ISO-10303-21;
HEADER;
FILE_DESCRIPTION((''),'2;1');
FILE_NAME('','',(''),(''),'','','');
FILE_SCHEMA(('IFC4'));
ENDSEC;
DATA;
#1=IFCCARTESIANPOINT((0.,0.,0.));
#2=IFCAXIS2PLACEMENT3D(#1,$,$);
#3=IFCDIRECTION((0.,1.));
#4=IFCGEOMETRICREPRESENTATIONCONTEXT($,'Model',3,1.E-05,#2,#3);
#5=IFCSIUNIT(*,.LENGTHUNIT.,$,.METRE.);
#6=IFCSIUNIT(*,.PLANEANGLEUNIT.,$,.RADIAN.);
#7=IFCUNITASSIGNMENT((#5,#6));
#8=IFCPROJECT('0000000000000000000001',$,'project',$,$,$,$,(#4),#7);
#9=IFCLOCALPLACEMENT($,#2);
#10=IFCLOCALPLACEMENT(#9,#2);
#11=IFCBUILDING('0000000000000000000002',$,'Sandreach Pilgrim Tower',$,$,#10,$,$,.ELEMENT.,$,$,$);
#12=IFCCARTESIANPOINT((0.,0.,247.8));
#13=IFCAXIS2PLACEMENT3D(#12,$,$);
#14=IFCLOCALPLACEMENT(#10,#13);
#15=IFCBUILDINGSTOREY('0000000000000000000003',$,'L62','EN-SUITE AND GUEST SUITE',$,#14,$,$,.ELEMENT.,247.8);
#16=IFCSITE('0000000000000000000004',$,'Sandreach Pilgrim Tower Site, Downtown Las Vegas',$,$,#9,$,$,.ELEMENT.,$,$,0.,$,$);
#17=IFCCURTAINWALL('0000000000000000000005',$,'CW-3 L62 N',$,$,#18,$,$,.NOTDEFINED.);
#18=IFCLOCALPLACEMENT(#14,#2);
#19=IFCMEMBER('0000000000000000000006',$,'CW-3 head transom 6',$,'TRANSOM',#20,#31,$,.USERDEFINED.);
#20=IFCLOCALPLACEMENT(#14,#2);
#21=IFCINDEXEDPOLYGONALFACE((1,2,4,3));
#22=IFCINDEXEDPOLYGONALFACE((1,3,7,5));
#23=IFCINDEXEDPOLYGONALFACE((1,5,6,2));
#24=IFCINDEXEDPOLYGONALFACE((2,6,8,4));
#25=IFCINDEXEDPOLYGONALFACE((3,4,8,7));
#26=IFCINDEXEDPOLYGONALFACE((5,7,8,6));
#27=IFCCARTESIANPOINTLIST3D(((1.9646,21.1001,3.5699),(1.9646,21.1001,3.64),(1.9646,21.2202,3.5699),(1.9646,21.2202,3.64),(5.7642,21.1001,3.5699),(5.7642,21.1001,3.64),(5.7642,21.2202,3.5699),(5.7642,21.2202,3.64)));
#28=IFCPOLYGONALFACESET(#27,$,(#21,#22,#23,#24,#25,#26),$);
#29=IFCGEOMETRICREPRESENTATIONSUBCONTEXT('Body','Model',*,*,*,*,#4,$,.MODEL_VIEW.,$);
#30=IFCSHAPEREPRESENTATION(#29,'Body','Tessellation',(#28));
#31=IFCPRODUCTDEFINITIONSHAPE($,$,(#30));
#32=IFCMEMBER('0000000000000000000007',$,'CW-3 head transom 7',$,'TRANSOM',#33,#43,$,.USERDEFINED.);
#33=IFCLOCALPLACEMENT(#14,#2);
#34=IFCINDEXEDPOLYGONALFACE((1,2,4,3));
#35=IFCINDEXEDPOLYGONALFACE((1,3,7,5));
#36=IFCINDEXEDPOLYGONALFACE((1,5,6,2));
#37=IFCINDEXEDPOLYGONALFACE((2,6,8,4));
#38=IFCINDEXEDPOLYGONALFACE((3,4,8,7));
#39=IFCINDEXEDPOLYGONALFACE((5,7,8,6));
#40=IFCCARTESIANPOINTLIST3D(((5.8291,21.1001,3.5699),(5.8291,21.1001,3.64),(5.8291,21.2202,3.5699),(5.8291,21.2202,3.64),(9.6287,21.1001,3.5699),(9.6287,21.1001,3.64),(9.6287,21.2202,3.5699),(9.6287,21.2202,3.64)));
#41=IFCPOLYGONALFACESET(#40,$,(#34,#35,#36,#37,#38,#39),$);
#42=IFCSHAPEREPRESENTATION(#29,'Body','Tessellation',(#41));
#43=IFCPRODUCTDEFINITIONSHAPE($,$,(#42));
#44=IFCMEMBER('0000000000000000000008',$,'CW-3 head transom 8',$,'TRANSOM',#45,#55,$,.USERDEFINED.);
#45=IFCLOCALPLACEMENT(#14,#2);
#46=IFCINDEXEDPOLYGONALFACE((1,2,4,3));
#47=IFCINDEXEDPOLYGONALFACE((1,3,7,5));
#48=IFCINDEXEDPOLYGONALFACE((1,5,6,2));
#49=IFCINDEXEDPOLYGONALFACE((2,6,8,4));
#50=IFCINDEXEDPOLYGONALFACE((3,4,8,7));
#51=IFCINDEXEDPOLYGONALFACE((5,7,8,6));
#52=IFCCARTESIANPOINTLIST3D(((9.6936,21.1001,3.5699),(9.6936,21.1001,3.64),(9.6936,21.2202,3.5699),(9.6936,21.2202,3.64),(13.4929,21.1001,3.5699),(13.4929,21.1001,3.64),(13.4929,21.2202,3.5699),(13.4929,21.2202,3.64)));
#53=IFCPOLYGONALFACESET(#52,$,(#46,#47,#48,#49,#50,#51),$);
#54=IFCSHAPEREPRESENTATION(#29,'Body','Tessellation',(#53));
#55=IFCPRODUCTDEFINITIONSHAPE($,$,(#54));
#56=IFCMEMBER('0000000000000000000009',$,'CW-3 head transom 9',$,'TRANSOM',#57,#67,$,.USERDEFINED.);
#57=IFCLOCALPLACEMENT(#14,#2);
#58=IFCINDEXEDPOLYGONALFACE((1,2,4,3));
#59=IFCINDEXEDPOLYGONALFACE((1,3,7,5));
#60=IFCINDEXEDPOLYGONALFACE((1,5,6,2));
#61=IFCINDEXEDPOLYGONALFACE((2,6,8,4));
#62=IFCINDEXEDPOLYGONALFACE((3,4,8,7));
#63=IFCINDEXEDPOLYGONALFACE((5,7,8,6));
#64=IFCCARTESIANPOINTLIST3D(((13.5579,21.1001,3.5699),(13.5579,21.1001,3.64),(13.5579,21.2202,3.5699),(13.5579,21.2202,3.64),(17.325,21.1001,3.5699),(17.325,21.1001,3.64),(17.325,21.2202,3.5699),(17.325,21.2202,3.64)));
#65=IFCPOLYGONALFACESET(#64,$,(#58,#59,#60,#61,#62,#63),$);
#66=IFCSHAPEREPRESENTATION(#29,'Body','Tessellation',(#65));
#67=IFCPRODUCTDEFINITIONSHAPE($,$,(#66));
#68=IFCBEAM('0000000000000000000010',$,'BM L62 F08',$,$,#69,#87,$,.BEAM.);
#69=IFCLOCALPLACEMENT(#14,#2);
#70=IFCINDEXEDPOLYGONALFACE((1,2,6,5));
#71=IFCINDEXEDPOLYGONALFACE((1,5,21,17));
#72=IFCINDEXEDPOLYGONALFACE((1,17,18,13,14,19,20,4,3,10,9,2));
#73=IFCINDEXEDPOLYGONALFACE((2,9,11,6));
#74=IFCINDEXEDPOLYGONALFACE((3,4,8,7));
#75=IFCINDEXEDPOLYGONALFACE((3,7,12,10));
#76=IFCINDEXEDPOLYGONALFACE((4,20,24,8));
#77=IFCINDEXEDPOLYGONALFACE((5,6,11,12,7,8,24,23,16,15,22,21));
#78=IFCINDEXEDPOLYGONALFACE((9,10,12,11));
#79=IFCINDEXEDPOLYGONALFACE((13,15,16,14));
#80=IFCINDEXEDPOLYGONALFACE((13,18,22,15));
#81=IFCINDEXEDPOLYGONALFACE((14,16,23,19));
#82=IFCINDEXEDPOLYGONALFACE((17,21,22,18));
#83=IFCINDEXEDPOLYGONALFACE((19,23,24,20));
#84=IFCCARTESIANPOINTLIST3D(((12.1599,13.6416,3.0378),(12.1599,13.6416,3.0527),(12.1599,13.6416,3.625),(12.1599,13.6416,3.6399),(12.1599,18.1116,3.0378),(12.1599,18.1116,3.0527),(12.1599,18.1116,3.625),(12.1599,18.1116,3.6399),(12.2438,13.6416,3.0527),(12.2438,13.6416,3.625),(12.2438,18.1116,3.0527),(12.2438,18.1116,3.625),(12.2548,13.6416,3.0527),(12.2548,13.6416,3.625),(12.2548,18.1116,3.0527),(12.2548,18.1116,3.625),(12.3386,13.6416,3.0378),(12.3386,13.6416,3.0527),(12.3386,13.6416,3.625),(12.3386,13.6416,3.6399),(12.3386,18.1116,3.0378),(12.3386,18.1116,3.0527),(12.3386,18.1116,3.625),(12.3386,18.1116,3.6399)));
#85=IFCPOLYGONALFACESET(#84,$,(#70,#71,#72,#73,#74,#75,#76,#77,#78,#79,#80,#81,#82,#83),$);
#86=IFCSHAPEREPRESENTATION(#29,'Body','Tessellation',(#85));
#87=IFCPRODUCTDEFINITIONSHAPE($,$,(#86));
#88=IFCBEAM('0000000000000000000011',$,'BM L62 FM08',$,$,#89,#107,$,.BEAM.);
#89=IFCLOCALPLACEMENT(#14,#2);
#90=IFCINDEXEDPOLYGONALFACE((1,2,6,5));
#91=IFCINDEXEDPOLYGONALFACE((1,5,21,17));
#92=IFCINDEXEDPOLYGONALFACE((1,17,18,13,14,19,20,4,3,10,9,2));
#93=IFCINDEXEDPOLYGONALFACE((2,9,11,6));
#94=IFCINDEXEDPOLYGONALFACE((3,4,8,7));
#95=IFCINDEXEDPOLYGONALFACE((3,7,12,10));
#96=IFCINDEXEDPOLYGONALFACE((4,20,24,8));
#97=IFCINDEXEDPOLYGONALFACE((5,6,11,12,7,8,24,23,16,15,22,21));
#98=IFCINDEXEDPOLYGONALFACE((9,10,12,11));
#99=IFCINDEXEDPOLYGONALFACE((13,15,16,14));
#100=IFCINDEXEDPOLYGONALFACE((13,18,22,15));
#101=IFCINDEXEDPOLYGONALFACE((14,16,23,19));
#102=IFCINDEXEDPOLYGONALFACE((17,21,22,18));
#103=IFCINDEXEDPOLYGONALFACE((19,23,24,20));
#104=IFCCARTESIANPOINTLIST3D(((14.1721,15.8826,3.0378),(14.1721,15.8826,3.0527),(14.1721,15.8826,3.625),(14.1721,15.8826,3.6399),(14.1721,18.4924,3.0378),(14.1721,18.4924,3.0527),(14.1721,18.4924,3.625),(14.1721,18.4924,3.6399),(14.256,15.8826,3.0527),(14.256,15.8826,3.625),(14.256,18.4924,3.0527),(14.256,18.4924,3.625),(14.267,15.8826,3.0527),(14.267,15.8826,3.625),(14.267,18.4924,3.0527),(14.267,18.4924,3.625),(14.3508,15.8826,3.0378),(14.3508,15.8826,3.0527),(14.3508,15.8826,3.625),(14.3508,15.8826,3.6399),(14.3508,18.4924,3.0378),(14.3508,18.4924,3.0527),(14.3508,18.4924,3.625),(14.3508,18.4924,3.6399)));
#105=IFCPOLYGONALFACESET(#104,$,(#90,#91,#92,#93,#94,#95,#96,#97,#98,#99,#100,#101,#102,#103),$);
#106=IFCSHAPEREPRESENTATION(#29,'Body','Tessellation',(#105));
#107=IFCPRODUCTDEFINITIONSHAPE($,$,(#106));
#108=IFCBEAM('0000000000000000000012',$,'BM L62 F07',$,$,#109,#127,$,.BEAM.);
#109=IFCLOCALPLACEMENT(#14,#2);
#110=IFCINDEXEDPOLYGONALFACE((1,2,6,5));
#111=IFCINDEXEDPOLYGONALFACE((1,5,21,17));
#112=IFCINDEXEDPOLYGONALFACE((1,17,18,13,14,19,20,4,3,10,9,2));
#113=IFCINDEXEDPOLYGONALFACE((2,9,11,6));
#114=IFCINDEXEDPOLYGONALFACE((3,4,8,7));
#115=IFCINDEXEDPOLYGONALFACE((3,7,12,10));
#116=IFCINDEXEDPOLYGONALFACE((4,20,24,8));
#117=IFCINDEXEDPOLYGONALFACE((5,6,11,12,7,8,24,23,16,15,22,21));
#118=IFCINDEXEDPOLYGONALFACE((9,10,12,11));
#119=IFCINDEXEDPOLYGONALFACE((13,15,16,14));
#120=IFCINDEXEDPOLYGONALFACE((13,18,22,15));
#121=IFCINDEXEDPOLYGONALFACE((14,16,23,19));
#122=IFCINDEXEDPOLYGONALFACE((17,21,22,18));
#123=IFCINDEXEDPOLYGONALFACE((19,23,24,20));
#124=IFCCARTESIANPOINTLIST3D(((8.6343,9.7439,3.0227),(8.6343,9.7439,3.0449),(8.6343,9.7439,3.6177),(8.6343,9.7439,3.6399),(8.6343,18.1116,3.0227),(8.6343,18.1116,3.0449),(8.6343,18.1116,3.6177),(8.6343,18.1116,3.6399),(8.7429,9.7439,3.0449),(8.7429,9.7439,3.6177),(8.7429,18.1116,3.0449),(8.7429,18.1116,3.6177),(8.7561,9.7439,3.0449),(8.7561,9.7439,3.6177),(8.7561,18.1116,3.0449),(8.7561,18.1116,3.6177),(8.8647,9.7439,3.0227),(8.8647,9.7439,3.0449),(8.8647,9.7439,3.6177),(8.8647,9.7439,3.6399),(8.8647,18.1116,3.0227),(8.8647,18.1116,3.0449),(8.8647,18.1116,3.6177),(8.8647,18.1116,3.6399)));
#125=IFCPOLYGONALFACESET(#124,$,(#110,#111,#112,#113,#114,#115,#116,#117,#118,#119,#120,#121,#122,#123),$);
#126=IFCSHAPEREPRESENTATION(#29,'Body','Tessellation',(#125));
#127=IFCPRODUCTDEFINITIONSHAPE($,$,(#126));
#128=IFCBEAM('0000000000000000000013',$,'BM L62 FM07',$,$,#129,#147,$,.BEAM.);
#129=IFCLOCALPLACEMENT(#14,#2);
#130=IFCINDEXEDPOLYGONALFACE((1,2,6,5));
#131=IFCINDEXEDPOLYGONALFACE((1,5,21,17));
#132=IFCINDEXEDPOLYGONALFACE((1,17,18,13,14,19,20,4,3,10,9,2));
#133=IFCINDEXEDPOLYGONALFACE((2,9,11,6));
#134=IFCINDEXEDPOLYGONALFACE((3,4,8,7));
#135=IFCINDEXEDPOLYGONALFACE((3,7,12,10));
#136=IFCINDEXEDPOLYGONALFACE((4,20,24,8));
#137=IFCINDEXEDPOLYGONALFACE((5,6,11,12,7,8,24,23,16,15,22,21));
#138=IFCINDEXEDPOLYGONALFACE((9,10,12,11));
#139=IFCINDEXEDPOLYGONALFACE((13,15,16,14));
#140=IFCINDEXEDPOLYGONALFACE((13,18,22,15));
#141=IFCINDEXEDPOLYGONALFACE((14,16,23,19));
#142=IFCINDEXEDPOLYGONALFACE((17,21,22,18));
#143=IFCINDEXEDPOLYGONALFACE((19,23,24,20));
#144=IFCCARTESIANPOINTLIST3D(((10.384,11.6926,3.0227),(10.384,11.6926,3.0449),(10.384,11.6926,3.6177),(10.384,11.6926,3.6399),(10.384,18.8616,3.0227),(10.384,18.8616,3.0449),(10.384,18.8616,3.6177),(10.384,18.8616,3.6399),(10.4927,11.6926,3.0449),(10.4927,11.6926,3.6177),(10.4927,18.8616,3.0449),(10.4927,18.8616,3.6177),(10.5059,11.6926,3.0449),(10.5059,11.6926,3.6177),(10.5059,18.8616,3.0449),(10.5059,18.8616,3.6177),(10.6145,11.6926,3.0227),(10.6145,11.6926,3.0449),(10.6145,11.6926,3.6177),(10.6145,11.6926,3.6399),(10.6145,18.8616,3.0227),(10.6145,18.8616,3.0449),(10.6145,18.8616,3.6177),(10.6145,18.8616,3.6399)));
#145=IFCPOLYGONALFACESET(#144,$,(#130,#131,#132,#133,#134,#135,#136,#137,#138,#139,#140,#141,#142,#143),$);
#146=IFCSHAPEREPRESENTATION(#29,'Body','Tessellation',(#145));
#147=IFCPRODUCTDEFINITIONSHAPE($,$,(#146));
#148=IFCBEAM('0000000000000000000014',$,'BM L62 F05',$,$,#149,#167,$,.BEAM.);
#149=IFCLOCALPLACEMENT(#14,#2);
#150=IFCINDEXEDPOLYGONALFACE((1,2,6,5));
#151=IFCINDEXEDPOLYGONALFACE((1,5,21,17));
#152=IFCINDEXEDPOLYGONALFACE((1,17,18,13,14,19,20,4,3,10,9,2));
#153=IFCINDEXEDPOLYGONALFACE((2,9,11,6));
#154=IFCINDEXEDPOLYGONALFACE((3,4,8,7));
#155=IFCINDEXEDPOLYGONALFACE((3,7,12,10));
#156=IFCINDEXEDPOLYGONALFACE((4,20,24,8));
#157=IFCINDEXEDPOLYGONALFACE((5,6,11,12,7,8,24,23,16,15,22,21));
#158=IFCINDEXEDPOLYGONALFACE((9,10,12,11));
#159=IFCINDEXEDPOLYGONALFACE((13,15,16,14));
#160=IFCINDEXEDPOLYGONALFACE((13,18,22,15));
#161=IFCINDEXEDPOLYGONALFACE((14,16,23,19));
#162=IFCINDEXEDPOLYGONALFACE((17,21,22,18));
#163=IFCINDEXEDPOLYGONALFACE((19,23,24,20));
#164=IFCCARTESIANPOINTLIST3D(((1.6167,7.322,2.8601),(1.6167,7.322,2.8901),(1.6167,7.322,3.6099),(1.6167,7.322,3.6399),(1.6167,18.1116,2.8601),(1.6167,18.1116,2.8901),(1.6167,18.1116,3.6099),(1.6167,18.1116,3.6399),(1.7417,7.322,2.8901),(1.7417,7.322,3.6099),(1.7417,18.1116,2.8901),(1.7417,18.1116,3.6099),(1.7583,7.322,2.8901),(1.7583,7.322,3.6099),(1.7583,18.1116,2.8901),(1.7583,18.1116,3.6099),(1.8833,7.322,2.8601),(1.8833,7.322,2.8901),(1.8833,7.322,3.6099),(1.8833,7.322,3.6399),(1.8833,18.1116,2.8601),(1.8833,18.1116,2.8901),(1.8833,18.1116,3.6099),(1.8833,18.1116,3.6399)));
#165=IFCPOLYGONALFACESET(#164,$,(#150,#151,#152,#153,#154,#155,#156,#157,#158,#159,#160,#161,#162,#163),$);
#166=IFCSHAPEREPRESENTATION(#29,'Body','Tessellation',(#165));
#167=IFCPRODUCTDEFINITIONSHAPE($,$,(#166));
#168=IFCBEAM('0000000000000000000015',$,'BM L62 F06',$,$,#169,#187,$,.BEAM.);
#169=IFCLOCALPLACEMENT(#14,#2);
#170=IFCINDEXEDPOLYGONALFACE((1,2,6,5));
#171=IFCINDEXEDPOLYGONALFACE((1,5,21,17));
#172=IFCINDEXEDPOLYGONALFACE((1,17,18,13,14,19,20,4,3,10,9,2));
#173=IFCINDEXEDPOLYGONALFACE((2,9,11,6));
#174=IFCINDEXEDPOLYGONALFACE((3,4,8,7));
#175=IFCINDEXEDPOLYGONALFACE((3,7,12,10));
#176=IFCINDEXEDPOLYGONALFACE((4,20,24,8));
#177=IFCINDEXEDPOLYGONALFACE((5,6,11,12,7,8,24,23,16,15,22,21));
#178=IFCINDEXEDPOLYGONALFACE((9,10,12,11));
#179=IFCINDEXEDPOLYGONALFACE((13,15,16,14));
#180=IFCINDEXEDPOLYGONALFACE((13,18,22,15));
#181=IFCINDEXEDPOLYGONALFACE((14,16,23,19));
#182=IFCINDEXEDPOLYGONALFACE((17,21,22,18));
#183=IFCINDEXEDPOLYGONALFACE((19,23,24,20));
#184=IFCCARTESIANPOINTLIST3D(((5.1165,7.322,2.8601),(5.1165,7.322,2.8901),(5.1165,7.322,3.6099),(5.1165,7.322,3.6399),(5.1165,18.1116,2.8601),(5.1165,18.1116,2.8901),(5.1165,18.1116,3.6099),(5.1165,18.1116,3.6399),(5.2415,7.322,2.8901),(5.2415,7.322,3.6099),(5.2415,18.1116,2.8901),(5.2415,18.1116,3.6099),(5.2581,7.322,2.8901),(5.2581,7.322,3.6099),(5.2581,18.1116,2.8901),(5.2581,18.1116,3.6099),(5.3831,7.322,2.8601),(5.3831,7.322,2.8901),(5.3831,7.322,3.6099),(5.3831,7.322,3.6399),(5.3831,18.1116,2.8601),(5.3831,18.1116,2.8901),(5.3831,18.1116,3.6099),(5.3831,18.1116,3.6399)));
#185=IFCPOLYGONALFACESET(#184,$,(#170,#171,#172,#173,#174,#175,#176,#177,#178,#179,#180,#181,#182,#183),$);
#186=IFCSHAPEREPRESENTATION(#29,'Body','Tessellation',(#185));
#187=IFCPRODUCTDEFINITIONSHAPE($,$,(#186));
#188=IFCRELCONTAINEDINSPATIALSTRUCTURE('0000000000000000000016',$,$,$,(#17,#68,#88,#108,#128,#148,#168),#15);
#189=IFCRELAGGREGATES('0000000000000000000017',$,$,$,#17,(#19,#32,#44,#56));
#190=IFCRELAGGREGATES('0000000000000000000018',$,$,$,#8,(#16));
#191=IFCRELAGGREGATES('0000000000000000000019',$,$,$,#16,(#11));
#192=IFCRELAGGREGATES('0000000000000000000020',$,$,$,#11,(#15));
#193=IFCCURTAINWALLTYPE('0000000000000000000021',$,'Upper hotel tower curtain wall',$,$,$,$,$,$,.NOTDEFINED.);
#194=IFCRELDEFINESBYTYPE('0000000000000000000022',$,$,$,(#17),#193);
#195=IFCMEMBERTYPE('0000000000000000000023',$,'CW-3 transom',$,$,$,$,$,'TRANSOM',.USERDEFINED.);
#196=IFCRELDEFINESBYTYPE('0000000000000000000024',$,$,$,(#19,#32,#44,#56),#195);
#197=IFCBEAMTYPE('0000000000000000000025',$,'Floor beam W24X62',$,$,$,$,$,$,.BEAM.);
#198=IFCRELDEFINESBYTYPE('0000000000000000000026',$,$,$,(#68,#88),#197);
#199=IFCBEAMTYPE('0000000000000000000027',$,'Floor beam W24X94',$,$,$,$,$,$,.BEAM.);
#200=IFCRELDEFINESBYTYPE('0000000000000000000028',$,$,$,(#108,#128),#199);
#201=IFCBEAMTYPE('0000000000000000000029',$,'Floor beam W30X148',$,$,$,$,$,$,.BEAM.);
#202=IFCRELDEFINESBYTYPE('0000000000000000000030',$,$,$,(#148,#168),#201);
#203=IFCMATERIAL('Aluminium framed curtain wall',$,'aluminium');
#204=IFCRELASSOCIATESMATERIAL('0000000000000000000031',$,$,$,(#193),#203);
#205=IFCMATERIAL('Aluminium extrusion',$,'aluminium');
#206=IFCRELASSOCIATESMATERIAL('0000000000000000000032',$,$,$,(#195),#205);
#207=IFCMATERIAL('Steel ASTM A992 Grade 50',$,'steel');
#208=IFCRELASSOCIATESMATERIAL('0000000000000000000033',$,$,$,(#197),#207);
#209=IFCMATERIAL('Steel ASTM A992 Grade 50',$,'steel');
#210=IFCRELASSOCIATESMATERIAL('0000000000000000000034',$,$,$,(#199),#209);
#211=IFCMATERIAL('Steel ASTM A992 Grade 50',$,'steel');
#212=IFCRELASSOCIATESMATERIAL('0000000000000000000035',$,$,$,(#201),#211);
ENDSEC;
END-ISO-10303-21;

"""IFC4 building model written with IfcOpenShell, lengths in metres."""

from ifc_helpers import new_model, si_unit, direction, frame, origin, origin_2d, place, context, subcontext, project, spatial, rectangle, i_section, extrude, material, material_profile, profile_set, type_object, element, aggregate, save


model = new_model("IFC4")

# Units and contexts
model_context = context("Model", 3, precision=1e-05, world=origin(), true_north=direction((0.0, 1.0)))
body_context = subcontext(model_context, "Body", "Model", "MODEL_VIEW")
ifc_project = project(units=[si_unit("LENGTHUNIT", "METRE"), si_unit("PLANEANGLEUNIT", "RADIAN")], contexts=[model_context])

# Site, building, storey
site_placement = place(None, origin())
site = spatial("IfcSite", under=ifc_project, at=site_placement, Name="Sandreach Pilgrim Tower Site, Downtown Las Vegas", CompositionType="ELEMENT", RefElevation=0.0)
building_placement = place(site_placement, origin())
building = spatial("IfcBuilding", under=site, at=building_placement, Name="Sandreach Pilgrim Tower", CompositionType="ELEMENT")
storey_placement = place(building_placement, frame((0.0, 0.0, 247.8)))
storey = spatial("IfcBuildingStorey", under=building, at=storey_placement, Name="L62", Description="EN-SUITE AND GUEST SUITE", CompositionType="ELEMENT", Elevation=247.8)

# Curtain wall, members
ifc_material_1 = material(Name="Aluminium framed curtain wall", Category="aluminium")
curtain_wall_type = type_object("IfcCurtainWallType", Name="Upper hotel tower curtain wall", PredefinedType="NOTDEFINED", material=ifc_material_1)
curtain_wall_placement = place(storey_placement, origin())
curtain_wall = element("IfcCurtainWall", 1, at=curtain_wall_placement, inside=storey, type_object=curtain_wall_type, Name="CW-3 L62 N", PredefinedType="NOTDEFINED")
ifc_material_2 = material(Name="Aluminium extrusion", Category="aluminium")
ifc_material_profile_1 = material_profile(ifc_material_2, rectangle(XDim=0.1201, YDim=0.0701, at=origin_2d()), Name="CW-3T 120X70")
ifc_profile_set_1 = profile_set([ifc_material_profile_1], Name="Aluminium extrusion")
member_type_1 = type_object("IfcMemberType", Name="CW-3 transom", ElementType="TRANSOM", PredefinedType="USERDEFINED", material=ifc_profile_set_1)
member_1_placement = place(storey_placement, frame((1.9646, 21.1602, 3.605), z_axis=(1.0, 0.0, 0.0), x_axis=(0.0, 1.0, 0.0)))
member_1 = element("IfcMember", 2, at=member_1_placement, type_object=member_type_1, Name="CW-3 head transom 6", ObjectType="TRANSOM", PredefinedType="USERDEFINED", context=body_context, shape_type="SweptSolid", body=[
    extrude(rectangle(XDim=0.1201, YDim=0.0701, at=origin_2d()), origin(), (0.0, 0.0, 1.0), 3.7996),
])
member_2_placement = place(storey_placement, frame((5.8291, 21.1602, 3.605), z_axis=(1.0, 0.0, 0.0), x_axis=(0.0, 1.0, 0.0)))
member_2 = element("IfcMember", 3, at=member_2_placement, type_object=member_type_1, Name="CW-3 head transom 7", ObjectType="TRANSOM", PredefinedType="USERDEFINED", context=body_context, shape_type="SweptSolid", body=[
    extrude(rectangle(XDim=0.1201, YDim=0.0701, at=origin_2d()), origin(), (0.0, 0.0, 1.0), 3.7996),
])
member_3_placement = place(storey_placement, frame((9.6936, 21.1602, 3.605), z_axis=(1.0, 0.0, 0.0), x_axis=(0.0, 1.0, 0.0)))
member_3 = element("IfcMember", 4, at=member_3_placement, type_object=member_type_1, Name="CW-3 head transom 8", ObjectType="TRANSOM", PredefinedType="USERDEFINED", context=body_context, shape_type="SweptSolid", body=[
    extrude(rectangle(XDim=0.1201, YDim=0.0701, at=origin_2d()), origin(), (0.0, 0.0, 1.0), 3.7993),
])
member_4_placement = place(storey_placement, frame((13.5579, 21.1602, 3.605), z_axis=(1.0, 0.0, 0.0), x_axis=(0.0, 1.0, 0.0)))
member_4 = element("IfcMember", 5, at=member_4_placement, type_object=member_type_1, Name="CW-3 head transom 9", ObjectType="TRANSOM", PredefinedType="USERDEFINED", context=body_context, shape_type="SweptSolid", body=[
    extrude(rectangle(XDim=0.1201, YDim=0.0701, at=origin_2d()), origin(), (0.0, 0.0, 1.0), 3.7671),
])

# Beams
ifc_material_3 = material(Name="Steel ASTM A992 Grade 50", Category="steel")
ifc_material_profile_2 = material_profile(ifc_material_3, i_section(OverallWidth=0.1787, OverallDepth=0.6021, WebThickness=0.011, FlangeThickness=0.0149, at=origin_2d()), Name="W24X62")
ifc_profile_set_2 = profile_set([ifc_material_profile_2], Name="Steel ASTM A992 Grade 50")
beam_type_1 = type_object("IfcBeamType", Name="Floor beam W24X62", PredefinedType="BEAM", material=ifc_profile_set_2)
beam_1_placement = place(storey_placement, frame((12.2493, 18.1116, 3.3389), z_axis=(0.0, -1.0, 0.0), x_axis=(1.0, 0.0, 0.0)))
element("IfcBeam", 6, at=beam_1_placement, inside=storey, type_object=beam_type_1, Name="BM L62 F08", PredefinedType="BEAM", context=body_context, shape_type="SweptSolid", body=[
    extrude(i_section(OverallWidth=0.1787, OverallDepth=0.6021, WebThickness=0.011, FlangeThickness=0.0149, at=origin_2d()), origin(), (0.0, 0.0, 1.0), 4.47),
])
beam_2_placement = place(storey_placement, frame((14.2615, 18.4924, 3.3389), z_axis=(0.0, -1.0, 0.0), x_axis=(1.0, 0.0, 0.0)))
element("IfcBeam", 7, at=beam_2_placement, inside=storey, type_object=beam_type_1, Name="BM L62 FM08", PredefinedType="BEAM", context=body_context, shape_type="SweptSolid", body=[
    extrude(i_section(OverallWidth=0.1787, OverallDepth=0.6021, WebThickness=0.011, FlangeThickness=0.0149, at=origin_2d()), origin(), (0.0, 0.0, 1.0), 2.6099),
])
ifc_material_4 = material(Name="Steel ASTM A992 Grade 50", Category="steel")
ifc_material_profile_3 = material_profile(ifc_material_4, i_section(OverallWidth=0.2305, OverallDepth=0.6172, WebThickness=0.0132, FlangeThickness=0.0222, at=origin_2d()), Name="W24X94")
ifc_profile_set_3 = profile_set([ifc_material_profile_3], Name="Steel ASTM A992 Grade 50")
beam_type_2 = type_object("IfcBeamType", Name="Floor beam W24X94", PredefinedType="BEAM", material=ifc_profile_set_3)
beam_3_placement = place(storey_placement, frame((8.7495, 18.1116, 3.3313), z_axis=(0.0, -1.0, 0.0), x_axis=(1.0, 0.0, 0.0)))
element("IfcBeam", 8, at=beam_3_placement, inside=storey, type_object=beam_type_2, Name="BM L62 F07", PredefinedType="BEAM", context=body_context, shape_type="SweptSolid", body=[
    extrude(i_section(OverallWidth=0.2305, OverallDepth=0.6172, WebThickness=0.0132, FlangeThickness=0.0222, at=origin_2d()), origin(), (0.0, 0.0, 1.0), 8.3677),
])
beam_4_placement = place(storey_placement, frame((10.4993, 18.8616, 3.3313), z_axis=(0.0, -1.0, 0.0), x_axis=(1.0, 0.0, 0.0)))
element("IfcBeam", 9, at=beam_4_placement, inside=storey, type_object=beam_type_2, Name="BM L62 FM07", PredefinedType="BEAM", context=body_context, shape_type="SweptSolid", body=[
    extrude(i_section(OverallWidth=0.2305, OverallDepth=0.6172, WebThickness=0.0132, FlangeThickness=0.0222, at=origin_2d()), origin(), (0.0, 0.0, 1.0), 7.1689),
])
ifc_material_5 = material(Name="Steel ASTM A992 Grade 50", Category="steel")
ifc_material_profile_4 = material_profile(ifc_material_5, i_section(OverallWidth=0.2666, OverallDepth=0.7798, WebThickness=0.0166, FlangeThickness=0.03, at=origin_2d()), Name="W30X148")
ifc_profile_set_4 = profile_set([ifc_material_profile_4], Name="Steel ASTM A992 Grade 50")
beam_type_3 = type_object("IfcBeamType", Name="Floor beam W30X148", PredefinedType="BEAM", material=ifc_profile_set_4)
for number, where, z_axis, x_axis, name in (
    (10, (1.75, 18.1116, 3.25), (0.0, -1.0, 0.0), (1.0, 0.0, 0.0), "BM L62 F05"),
    (11, (5.2498, 18.1116, 3.25), (0.0, -1.0, 0.0), (1.0, 0.0, 0.0), "BM L62 F06"),
):
    element("IfcBeam", number, at=place(storey_placement, frame(where, z_axis=z_axis, x_axis=x_axis)), inside=storey, type_object=beam_type_3, Name=name, PredefinedType="BEAM", context=body_context, shape_type="SweptSolid", body=[
        extrude(i_section(OverallWidth=0.2666, OverallDepth=0.7798, WebThickness=0.0166, FlangeThickness=0.03, at=origin_2d()), origin(), (0.0, 0.0, 1.0), 10.7896),
    ])

aggregate(curtain_wall, [member_1, member_2, member_3, member_4])

save(model, "model.ifc")
